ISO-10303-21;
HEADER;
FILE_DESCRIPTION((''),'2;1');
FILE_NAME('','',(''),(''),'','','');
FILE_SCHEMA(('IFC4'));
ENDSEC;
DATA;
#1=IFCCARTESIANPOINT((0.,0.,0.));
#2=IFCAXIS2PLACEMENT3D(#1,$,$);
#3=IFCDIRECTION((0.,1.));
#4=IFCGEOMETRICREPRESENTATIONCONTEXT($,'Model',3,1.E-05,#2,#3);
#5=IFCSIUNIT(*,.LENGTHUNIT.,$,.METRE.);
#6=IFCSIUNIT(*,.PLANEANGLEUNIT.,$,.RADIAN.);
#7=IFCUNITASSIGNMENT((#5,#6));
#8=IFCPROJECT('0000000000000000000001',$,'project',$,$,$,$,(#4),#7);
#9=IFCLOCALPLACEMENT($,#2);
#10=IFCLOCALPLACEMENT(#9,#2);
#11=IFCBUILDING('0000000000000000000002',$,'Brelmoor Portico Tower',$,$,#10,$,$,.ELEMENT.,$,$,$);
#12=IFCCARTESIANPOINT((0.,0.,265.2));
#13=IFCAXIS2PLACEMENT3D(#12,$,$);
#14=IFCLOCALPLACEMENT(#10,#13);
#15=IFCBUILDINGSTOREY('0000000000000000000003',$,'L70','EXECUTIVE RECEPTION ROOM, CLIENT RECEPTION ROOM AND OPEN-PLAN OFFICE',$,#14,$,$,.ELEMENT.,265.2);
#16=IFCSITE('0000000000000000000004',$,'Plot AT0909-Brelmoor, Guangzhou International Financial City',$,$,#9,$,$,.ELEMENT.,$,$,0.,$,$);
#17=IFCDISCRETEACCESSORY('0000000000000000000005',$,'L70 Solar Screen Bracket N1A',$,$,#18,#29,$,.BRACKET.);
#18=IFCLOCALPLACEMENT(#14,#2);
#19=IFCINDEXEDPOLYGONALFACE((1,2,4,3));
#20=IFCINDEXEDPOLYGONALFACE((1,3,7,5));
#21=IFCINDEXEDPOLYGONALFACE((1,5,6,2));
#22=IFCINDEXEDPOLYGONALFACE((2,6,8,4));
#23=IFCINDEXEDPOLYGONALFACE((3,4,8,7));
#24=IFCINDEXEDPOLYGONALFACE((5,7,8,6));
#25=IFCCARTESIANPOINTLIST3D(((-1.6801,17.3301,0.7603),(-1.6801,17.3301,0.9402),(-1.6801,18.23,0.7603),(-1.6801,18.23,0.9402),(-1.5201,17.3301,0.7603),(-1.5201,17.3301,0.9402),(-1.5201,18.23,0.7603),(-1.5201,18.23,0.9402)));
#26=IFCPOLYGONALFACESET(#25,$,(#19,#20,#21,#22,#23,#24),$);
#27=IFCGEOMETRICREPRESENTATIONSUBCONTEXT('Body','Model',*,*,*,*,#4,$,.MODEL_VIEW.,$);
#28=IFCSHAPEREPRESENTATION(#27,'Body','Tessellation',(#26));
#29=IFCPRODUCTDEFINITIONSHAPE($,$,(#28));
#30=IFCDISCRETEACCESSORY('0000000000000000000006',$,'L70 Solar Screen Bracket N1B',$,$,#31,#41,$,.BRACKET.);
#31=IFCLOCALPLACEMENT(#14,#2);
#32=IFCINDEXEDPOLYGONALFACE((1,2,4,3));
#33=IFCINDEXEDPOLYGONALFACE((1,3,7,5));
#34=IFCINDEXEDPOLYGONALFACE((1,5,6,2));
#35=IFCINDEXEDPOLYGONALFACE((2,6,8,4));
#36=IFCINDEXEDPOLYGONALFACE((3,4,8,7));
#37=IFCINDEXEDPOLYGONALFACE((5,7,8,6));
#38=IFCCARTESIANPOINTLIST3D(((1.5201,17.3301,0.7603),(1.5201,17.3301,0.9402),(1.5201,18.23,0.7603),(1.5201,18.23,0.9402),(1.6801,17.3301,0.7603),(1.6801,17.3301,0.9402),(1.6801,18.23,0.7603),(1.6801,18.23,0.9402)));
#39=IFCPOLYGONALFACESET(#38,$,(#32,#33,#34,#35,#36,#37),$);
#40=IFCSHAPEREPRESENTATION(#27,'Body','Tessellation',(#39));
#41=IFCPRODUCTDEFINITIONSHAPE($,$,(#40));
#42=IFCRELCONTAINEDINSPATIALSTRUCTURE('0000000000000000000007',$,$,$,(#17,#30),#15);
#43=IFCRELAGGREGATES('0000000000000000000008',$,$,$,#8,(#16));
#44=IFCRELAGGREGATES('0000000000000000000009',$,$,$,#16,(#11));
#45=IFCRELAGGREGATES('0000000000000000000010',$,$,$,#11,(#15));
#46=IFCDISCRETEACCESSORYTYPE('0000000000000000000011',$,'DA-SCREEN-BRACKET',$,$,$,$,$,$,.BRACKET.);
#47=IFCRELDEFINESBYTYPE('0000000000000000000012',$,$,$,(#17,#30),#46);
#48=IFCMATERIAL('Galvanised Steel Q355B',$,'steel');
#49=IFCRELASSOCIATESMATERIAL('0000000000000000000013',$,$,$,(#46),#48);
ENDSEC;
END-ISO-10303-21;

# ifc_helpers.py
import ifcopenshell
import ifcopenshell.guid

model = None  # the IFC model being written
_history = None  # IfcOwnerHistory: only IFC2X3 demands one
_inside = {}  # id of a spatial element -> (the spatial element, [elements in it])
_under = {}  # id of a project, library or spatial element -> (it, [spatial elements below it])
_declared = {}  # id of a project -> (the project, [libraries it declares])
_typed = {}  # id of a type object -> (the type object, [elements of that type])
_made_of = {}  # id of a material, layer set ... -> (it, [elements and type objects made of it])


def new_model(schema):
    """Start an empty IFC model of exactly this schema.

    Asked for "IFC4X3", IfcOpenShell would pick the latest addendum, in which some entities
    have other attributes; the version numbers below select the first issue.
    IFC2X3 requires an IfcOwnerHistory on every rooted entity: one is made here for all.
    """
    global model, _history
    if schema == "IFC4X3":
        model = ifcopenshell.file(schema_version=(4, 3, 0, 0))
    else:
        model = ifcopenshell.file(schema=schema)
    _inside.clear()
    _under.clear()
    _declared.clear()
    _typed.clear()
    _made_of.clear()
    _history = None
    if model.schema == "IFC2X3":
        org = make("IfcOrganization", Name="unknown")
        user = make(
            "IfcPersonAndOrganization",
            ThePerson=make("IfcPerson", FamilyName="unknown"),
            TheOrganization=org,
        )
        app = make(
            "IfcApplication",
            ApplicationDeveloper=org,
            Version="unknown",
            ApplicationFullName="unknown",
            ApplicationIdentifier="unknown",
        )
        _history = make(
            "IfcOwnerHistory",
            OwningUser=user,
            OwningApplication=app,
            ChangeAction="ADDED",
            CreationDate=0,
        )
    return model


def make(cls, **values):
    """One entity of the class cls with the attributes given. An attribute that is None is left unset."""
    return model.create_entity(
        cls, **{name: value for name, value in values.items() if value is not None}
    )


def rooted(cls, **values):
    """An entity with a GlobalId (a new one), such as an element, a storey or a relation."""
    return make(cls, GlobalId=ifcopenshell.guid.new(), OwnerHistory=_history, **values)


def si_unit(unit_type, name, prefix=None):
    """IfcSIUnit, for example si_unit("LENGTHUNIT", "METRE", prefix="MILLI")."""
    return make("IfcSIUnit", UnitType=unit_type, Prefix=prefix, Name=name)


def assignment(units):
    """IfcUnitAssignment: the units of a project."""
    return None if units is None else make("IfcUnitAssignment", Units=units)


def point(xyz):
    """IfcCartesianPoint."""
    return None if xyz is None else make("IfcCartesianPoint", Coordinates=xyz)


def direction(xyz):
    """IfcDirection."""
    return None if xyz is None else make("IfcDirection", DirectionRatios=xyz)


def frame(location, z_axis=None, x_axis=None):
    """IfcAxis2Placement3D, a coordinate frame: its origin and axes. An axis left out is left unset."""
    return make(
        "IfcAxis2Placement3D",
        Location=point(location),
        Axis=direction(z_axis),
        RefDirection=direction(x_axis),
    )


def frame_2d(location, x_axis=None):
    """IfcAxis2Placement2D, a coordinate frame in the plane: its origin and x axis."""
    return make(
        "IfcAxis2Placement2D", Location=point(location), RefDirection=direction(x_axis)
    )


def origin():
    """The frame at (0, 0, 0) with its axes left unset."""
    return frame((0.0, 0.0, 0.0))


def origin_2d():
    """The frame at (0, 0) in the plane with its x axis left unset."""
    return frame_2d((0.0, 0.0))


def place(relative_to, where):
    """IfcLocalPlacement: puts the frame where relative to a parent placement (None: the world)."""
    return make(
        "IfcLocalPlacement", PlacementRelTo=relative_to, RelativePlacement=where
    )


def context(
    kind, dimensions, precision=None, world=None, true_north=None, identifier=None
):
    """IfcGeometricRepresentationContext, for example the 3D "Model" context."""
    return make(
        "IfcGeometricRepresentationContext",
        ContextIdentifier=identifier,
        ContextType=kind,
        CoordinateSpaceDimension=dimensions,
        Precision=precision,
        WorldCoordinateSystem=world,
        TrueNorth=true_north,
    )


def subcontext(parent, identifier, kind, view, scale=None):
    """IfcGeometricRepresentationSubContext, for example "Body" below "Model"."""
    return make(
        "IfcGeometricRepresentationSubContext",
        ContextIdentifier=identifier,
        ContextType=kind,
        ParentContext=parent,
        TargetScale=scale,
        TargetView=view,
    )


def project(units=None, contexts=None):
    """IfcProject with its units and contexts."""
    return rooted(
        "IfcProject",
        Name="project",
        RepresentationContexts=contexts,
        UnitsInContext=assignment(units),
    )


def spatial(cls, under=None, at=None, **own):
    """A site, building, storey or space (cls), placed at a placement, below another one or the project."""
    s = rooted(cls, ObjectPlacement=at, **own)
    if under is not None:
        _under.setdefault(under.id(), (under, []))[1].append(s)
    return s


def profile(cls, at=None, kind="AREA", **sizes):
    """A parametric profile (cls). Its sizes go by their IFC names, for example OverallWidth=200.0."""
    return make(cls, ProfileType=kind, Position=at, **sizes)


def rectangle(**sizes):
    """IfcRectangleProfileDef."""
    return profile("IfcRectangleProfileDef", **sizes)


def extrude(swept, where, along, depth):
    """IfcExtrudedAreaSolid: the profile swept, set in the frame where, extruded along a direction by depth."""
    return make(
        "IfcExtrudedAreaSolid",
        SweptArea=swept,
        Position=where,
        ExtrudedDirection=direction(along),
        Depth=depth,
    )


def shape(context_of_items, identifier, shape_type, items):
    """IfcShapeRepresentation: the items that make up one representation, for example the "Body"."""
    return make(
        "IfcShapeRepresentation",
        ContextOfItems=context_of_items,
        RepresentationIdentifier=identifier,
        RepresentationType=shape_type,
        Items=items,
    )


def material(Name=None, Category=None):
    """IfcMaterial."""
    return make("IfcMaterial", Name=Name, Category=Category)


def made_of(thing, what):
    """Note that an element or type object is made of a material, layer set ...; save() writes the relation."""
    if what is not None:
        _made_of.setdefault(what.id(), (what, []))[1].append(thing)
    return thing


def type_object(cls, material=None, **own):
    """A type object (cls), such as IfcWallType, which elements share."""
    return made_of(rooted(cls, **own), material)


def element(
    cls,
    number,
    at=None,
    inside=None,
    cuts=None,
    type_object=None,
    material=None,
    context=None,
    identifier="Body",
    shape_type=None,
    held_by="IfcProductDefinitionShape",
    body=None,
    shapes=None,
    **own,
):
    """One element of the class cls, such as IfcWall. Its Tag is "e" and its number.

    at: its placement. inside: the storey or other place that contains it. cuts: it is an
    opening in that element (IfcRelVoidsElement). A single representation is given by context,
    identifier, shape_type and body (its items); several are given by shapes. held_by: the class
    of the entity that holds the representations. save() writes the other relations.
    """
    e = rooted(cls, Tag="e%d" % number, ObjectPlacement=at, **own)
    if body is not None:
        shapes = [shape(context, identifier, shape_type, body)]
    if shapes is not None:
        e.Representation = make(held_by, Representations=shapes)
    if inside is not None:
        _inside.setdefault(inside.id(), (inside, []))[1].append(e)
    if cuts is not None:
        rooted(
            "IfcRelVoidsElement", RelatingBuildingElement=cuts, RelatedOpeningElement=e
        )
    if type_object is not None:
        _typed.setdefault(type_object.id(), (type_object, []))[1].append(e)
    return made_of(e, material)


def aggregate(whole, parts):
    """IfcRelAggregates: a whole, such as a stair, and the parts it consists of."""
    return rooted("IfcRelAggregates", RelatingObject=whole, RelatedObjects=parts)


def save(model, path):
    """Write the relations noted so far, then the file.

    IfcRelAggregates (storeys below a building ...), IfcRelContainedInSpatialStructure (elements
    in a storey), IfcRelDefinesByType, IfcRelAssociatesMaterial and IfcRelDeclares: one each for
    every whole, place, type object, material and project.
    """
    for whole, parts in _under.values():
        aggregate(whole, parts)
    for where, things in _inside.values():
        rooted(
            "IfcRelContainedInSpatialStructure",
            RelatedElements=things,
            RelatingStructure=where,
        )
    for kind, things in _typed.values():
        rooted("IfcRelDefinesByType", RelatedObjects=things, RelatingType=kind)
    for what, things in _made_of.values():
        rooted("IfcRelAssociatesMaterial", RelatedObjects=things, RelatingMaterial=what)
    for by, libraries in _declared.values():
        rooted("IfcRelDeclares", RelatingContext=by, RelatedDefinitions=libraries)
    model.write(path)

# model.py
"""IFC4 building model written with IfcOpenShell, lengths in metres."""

from ifc_helpers import new_model, si_unit, direction, frame, origin, origin_2d, place, context, subcontext, project, spatial, rectangle, extrude, material, type_object, element, save


model = new_model("IFC4")

# Units and contexts
model_context = context("Model", 3, precision=1e-05, world=origin(), true_north=direction((0.0, 1.0)))
body_context = subcontext(model_context, "Body", "Model", "MODEL_VIEW")
ifc_project = project(units=[si_unit("LENGTHUNIT", "METRE"), si_unit("PLANEANGLEUNIT", "RADIAN")], contexts=[model_context])

# Site, building, storey
site_placement = place(None, origin())
site = spatial("IfcSite", under=ifc_project, at=site_placement, Name="Plot AT0909-Brelmoor, Guangzhou International Financial City", CompositionType="ELEMENT", RefElevation=0.0)
building_placement = place(site_placement, origin())
building = spatial("IfcBuilding", under=site, at=building_placement, Name="Brelmoor Portico Tower", CompositionType="ELEMENT")
storey_placement = place(building_placement, frame((0.0, 0.0, 265.2)))
storey = spatial("IfcBuildingStorey", under=building, at=storey_placement, Name="L70", Description="EXECUTIVE RECEPTION ROOM, CLIENT RECEPTION ROOM AND OPEN-PLAN OFFICE", CompositionType="ELEMENT", Elevation=265.2)

# Discrete accessories
ifc_material_1 = material(Name="Galvanised Steel Q355B", Category="steel")
discrete_accessory_type = type_object("IfcDiscreteAccessoryType", Name="DA-SCREEN-BRACKET", PredefinedType="BRACKET", material=ifc_material_1)
for number, where, z_axis, x_axis, name in (
    (1, (-1.6001, 17.78, 0.7603), (0.0, 0.0, 1.0), (1.0, 0.0, 0.0), "L70 Solar Screen Bracket N1A"),
    (2, (1.6001, 17.78, 0.7603), (0.0, 0.0, 1.0), (1.0, 0.0, 0.0), "L70 Solar Screen Bracket N1B"),
):
    element("IfcDiscreteAccessory", number, at=place(storey_placement, frame(where, z_axis=z_axis, x_axis=x_axis)), inside=storey, type_object=discrete_accessory_type, Name=name, PredefinedType="BRACKET", context=body_context, shape_type="SweptSolid", body=[
        extrude(rectangle(XDim=0.1599, YDim=0.8999, at=origin_2d()), origin(), (0.0, 0.0, 1.0), 0.1799),
    ])

save(model, "model.ifc")
